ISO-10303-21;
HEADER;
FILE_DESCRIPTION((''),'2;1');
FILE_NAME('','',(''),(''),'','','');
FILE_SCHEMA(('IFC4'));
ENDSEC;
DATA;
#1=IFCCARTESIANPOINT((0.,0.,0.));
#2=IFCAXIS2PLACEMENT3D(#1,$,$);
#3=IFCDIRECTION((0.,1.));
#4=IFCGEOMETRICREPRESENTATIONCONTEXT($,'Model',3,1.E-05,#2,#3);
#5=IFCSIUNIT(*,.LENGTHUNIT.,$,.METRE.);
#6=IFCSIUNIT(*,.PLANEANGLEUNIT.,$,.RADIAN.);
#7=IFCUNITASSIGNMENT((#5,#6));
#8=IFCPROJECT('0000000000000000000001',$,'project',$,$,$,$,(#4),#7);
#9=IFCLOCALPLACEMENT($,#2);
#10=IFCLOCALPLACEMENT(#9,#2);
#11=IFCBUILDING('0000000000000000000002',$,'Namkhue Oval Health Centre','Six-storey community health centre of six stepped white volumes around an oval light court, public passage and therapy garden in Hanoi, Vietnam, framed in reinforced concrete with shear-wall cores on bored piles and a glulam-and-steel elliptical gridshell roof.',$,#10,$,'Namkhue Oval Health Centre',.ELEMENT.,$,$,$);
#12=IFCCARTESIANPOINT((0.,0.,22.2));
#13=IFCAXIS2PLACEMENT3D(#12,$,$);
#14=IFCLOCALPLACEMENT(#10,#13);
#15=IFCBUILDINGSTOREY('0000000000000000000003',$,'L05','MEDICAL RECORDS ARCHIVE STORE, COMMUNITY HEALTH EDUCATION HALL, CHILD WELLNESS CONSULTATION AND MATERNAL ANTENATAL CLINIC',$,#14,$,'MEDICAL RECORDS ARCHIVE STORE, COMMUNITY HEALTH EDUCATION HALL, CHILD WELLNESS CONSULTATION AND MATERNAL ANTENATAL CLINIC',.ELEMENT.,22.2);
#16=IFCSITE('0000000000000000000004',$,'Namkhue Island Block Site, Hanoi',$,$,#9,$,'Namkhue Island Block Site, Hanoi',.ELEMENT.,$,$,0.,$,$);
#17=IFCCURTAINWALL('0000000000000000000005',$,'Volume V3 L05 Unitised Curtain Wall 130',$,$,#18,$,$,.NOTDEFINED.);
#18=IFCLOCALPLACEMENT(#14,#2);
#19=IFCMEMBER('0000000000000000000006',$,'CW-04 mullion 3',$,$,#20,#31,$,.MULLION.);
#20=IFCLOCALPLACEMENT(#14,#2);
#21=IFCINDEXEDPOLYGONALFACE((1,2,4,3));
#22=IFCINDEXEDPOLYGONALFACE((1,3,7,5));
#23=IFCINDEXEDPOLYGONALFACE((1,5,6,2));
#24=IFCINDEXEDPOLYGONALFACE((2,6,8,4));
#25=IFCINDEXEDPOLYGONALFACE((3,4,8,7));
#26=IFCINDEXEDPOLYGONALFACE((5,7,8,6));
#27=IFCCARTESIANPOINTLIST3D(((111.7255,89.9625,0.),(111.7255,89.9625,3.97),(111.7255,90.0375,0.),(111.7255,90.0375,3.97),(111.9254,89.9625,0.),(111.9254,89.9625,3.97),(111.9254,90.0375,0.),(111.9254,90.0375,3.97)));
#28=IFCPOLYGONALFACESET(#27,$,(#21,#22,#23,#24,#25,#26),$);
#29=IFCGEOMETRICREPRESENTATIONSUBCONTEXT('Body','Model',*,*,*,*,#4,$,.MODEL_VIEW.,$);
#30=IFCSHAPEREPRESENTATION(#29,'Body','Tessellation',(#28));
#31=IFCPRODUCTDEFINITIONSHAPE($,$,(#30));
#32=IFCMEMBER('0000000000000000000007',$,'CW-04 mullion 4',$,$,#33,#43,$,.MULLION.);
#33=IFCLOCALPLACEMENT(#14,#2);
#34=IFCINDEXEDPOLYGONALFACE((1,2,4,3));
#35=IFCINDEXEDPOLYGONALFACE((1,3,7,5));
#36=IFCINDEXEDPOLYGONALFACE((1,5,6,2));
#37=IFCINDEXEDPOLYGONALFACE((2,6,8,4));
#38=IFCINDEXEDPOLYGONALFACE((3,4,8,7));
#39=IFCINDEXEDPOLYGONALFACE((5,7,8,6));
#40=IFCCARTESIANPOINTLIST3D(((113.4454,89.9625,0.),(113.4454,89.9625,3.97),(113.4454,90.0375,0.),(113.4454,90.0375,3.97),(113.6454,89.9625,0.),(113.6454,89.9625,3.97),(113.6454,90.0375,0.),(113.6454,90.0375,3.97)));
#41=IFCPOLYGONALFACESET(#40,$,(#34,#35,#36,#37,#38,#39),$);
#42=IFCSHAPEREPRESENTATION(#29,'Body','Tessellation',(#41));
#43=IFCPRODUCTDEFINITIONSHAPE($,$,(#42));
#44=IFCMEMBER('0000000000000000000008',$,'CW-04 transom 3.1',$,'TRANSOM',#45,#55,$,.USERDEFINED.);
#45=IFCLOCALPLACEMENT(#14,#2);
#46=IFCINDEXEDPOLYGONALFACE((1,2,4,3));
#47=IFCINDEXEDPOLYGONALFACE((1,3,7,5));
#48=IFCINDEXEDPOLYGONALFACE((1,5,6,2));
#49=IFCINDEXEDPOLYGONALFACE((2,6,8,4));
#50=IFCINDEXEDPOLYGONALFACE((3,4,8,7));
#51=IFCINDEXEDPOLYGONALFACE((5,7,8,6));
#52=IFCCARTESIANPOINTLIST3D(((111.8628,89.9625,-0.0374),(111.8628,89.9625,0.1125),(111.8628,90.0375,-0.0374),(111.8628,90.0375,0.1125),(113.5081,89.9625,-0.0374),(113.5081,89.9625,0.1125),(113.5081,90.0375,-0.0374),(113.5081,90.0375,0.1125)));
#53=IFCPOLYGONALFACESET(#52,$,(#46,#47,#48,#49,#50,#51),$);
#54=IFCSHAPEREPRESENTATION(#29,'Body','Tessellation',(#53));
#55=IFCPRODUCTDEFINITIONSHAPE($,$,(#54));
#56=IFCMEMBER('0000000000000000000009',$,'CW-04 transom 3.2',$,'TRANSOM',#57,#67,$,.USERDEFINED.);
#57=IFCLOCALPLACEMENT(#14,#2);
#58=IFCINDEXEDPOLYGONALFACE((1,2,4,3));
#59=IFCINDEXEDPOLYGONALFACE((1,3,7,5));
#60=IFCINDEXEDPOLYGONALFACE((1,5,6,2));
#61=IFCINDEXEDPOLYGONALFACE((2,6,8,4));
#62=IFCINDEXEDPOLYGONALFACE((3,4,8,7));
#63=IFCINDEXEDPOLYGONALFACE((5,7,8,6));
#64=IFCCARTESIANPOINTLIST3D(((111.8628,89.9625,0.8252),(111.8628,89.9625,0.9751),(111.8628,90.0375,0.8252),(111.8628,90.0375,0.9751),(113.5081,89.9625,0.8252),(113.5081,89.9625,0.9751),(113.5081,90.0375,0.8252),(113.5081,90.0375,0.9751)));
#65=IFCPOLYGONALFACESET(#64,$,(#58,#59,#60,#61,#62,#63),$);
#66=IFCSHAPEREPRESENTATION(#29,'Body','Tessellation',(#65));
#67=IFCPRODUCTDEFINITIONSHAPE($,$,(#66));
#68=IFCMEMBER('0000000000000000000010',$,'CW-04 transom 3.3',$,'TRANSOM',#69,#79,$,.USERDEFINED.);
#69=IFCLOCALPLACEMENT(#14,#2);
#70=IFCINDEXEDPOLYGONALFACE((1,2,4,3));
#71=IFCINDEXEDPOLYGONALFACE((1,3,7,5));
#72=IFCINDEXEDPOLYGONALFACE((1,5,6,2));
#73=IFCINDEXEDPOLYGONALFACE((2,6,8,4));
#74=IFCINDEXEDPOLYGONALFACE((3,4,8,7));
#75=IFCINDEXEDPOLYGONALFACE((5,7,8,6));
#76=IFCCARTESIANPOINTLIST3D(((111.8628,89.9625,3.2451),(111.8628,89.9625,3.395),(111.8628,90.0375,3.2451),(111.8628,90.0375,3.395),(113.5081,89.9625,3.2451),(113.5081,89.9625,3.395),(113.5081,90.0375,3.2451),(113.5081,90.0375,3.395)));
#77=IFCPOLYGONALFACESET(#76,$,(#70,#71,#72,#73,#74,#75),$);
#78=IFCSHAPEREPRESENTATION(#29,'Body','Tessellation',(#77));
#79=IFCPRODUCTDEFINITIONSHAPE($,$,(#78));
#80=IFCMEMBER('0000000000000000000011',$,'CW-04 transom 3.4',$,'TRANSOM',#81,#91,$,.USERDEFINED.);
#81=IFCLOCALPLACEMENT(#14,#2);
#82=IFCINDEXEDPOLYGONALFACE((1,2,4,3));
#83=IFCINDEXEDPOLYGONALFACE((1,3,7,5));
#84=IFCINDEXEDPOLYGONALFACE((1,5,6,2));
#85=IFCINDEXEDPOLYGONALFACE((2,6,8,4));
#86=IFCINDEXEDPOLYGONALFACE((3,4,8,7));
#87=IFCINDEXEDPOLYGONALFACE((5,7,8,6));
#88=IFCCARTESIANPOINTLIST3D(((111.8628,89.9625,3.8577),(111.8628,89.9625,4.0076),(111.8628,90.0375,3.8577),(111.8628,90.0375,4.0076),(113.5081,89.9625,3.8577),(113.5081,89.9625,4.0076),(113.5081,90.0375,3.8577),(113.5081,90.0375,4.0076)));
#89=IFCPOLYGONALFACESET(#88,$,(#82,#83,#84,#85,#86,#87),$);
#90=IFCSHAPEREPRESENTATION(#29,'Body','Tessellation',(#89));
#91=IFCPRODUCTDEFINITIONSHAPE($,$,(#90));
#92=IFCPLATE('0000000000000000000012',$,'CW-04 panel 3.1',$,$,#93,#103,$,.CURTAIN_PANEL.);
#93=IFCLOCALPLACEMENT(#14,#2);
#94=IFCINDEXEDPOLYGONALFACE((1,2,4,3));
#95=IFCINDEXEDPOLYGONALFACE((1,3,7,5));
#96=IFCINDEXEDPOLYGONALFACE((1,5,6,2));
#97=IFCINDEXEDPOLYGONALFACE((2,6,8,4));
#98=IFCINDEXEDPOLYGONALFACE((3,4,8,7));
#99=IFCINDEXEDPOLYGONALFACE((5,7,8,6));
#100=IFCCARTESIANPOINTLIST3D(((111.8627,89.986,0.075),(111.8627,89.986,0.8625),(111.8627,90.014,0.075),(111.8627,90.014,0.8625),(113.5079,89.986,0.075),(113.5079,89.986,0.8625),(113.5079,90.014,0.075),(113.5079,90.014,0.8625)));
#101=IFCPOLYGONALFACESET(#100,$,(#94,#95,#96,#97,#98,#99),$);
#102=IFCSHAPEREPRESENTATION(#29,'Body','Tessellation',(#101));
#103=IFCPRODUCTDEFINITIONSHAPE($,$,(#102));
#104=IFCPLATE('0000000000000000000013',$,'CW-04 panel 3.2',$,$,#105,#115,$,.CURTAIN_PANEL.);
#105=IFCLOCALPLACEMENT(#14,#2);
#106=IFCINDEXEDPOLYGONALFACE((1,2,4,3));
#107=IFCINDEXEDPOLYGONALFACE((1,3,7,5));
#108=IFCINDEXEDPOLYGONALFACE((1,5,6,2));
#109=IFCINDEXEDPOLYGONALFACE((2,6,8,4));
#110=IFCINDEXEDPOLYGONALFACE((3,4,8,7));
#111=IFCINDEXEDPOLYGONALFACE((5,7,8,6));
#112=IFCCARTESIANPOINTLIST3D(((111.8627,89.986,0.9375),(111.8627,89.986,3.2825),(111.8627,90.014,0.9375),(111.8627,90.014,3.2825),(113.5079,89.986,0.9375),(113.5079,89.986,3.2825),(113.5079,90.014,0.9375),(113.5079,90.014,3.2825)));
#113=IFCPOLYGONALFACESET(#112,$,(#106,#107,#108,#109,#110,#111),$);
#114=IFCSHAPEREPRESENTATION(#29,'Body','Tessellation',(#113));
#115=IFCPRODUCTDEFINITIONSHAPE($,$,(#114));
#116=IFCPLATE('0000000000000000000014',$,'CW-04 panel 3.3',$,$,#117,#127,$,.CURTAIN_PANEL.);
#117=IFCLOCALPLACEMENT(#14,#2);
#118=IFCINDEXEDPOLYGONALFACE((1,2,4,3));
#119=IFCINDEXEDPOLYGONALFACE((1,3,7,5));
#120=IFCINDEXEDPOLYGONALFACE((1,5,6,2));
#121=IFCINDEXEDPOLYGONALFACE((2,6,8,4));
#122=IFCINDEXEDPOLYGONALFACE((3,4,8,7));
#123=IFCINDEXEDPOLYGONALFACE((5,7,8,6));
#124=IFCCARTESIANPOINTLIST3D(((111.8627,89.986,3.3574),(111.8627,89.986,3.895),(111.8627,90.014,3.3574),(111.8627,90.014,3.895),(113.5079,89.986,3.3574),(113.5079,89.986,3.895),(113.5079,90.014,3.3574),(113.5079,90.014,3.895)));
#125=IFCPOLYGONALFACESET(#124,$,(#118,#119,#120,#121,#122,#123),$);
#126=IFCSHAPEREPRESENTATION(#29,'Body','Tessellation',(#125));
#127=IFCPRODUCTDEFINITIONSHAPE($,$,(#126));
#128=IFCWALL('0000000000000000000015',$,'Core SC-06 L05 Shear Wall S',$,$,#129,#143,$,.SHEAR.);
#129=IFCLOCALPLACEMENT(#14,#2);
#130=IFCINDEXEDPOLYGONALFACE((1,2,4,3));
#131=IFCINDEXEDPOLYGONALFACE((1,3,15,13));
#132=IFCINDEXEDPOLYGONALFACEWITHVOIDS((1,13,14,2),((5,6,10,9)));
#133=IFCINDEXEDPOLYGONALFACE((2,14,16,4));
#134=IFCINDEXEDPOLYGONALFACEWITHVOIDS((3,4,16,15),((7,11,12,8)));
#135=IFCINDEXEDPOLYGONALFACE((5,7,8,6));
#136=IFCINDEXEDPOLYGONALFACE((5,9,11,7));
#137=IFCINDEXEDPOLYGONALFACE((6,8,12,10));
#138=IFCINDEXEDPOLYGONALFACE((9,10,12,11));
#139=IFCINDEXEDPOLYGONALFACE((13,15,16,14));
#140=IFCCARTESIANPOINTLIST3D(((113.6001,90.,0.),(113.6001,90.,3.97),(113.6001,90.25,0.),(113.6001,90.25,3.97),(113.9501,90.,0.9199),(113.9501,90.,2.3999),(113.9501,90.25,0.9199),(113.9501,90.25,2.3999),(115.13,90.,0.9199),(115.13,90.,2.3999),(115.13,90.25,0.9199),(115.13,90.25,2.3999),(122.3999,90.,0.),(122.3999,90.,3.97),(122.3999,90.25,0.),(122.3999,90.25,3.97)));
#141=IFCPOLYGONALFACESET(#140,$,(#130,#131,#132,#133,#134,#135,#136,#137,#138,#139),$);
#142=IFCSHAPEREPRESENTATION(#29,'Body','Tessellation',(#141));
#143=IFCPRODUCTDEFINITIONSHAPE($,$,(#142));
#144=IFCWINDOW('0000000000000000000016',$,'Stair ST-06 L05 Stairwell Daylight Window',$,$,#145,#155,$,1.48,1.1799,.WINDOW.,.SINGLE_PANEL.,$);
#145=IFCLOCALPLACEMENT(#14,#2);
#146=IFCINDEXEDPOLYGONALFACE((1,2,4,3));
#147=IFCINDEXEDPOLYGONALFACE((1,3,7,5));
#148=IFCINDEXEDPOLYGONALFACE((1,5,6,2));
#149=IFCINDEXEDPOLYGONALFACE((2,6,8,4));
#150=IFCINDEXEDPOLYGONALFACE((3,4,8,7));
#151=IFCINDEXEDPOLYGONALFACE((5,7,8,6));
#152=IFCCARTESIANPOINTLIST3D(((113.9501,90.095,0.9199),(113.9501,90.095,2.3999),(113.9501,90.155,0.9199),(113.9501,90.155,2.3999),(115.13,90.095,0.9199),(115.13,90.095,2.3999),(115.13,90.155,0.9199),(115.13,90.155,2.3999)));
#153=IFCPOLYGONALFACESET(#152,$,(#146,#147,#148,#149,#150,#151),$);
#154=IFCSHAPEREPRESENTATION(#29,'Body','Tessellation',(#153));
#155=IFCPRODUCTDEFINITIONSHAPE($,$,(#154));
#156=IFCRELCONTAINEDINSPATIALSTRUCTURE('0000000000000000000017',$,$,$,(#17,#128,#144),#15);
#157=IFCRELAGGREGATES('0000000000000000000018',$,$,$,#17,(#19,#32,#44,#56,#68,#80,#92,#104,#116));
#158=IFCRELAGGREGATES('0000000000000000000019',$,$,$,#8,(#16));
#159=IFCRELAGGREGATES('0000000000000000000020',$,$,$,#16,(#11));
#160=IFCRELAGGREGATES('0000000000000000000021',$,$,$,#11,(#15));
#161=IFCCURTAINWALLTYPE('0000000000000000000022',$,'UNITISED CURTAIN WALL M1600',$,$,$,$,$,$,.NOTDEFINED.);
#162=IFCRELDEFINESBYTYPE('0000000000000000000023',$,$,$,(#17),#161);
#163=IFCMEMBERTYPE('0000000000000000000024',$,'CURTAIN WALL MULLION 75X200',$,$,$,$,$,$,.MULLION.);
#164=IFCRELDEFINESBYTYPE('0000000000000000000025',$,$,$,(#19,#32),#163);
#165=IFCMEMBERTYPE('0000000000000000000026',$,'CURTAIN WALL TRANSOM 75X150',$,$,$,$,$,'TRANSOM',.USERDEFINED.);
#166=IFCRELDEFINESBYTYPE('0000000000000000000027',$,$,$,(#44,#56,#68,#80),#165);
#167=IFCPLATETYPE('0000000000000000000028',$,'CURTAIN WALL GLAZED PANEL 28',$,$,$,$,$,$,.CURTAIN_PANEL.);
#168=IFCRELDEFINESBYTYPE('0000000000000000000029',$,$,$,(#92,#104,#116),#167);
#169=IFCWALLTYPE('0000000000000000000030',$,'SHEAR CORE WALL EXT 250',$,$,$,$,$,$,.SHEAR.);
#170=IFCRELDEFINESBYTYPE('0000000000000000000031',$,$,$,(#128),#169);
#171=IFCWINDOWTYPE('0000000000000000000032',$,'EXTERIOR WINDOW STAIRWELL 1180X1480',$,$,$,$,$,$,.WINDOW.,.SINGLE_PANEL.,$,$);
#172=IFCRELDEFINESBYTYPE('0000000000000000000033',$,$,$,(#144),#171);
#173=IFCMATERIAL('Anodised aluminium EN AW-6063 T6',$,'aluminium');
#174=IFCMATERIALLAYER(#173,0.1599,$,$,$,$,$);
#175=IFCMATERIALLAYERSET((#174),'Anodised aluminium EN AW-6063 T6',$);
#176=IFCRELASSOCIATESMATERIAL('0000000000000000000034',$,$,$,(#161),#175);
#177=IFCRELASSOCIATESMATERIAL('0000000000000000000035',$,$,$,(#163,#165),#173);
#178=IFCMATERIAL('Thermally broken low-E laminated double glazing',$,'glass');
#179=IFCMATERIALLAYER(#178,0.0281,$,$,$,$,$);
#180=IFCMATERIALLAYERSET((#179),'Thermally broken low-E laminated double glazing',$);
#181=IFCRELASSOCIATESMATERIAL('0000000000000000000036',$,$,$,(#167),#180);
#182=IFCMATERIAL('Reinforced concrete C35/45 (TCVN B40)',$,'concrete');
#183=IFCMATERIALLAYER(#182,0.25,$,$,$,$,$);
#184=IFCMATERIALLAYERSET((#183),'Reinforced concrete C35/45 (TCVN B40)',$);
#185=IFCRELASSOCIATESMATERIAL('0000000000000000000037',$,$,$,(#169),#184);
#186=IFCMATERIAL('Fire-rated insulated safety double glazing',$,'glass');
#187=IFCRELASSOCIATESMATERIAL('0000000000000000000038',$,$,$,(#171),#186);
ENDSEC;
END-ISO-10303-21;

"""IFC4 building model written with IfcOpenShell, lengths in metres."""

from ifc_helpers import new_model, si_unit, direction, frame, frame_2d, origin, origin_2d, place, context, subcontext, project, spatial, rectangle, extrude, material, layer, layer_set, material_profile, profile_set, type_object, element, fill, aggregate, save


model = new_model("IFC4")

# Units and contexts
model_context = context("Model", 3, precision=1e-05, world=origin(), true_north=direction((0.0, 1.0)))
body_context = subcontext(model_context, "Body", "Model", "MODEL_VIEW")
ifc_project = project(units=[si_unit("LENGTHUNIT", "METRE"), si_unit("PLANEANGLEUNIT", "RADIAN")], contexts=[model_context])

# Site, building, storey
site_placement = place(None, origin())
site = spatial("IfcSite", under=ifc_project, at=site_placement, Name="Namkhue Island Block Site, Hanoi", LongName="Namkhue Island Block Site, Hanoi", CompositionType="ELEMENT", RefElevation=0.0)
building_placement = place(site_placement, origin())
building = spatial("IfcBuilding", under=site, at=building_placement, Name="Namkhue Oval Health Centre", Description="Six-storey community health centre of six stepped white volumes around an oval light court, public passage and therapy garden in Hanoi, Vietnam, framed in reinforced concrete with shear-wall cores on bored piles and a glulam-and-steel elliptical gridshell roof.", LongName="Namkhue Oval Health Centre", CompositionType="ELEMENT")
storey_placement = place(building_placement, frame((0.0, 0.0, 22.2)))
storey = spatial("IfcBuildingStorey", under=building, at=storey_placement, Name="L05", Description="MEDICAL RECORDS ARCHIVE STORE, COMMUNITY HEALTH EDUCATION HALL, CHILD WELLNESS CONSULTATION AND MATERNAL ANTENATAL CLINIC", LongName="MEDICAL RECORDS ARCHIVE STORE, COMMUNITY HEALTH EDUCATION HALL, CHILD WELLNESS CONSULTATION AND MATERNAL ANTENATAL CLINIC", CompositionType="ELEMENT", Elevation=22.2)

# Curtain wall, members, plates
ifc_material_1 = material(Name="Anodised aluminium EN AW-6063 T6", Category="aluminium")
ifc_layer_1 = layer(ifc_material_1, 0.1599)
ifc_layer_set_1 = layer_set([ifc_layer_1], Name="Anodised aluminium EN AW-6063 T6")
curtain_wall_type = type_object("IfcCurtainWallType", Name="UNITISED CURTAIN WALL M1600", PredefinedType="NOTDEFINED", material=ifc_layer_set_1)
curtain_wall_placement = place(storey_placement, origin())
curtain_wall = element("IfcCurtainWall", 1, at=curtain_wall_placement, inside=storey, type_object=curtain_wall_type, Name="Volume V3 L05 Unitised Curtain Wall 130", PredefinedType="NOTDEFINED")
ifc_material_profile_1 = material_profile(ifc_material_1, rectangle(XDim=0.075, YDim=0.2, at=origin_2d()), Name="ALU 75x200")
ifc_profile_set_1 = profile_set([ifc_material_profile_1], Name="Anodised aluminium EN AW-6063 T6")
member_type_1 = type_object("IfcMemberType", Name="CURTAIN WALL MULLION 75X200", PredefinedType="MULLION", material=ifc_profile_set_1)
member_1_placement = place(storey_placement, frame((111.8254, 90.0, 0.0), z_axis=(0.0, 0.0, 1.0), x_axis=(0.0, 1.0, 0.0)))
member_1 = element("IfcMember", 2, at=member_1_placement, type_object=member_type_1, Name="CW-04 mullion 3", PredefinedType="MULLION", context=body_context, shape_type="SweptSolid", body=[
    extrude(rectangle(XDim=0.075, YDim=0.2, at=origin_2d()), origin(), (0.0, 0.0, 1.0), 3.97),
])
member_2_placement = place(storey_placement, frame((113.5454, 90.0, 0.0), z_axis=(0.0, 0.0, 1.0), x_axis=(0.0, 1.0, 0.0)))
member_2 = element("IfcMember", 3, at=member_2_placement, type_object=member_type_1, Name="CW-04 mullion 4", PredefinedType="MULLION", context=body_context, shape_type="SweptSolid", body=[
    extrude(rectangle(XDim=0.075, YDim=0.2, at=origin_2d()), origin(), (0.0, 0.0, 1.0), 3.97),
])
ifc_material_profile_2 = material_profile(ifc_material_1, rectangle(XDim=0.075, YDim=0.1499, at=origin_2d()), Name="ALU 75x150")
ifc_profile_set_2 = profile_set([ifc_material_profile_2], Name="Anodised aluminium EN AW-6063 T6")
member_type_2 = type_object("IfcMemberType", Name="CURTAIN WALL TRANSOM 75X150", ElementType="TRANSOM", PredefinedType="USERDEFINED", material=ifc_profile_set_2)
member_3_placement = place(storey_placement, frame((111.8628, 90.0, 0.0376), z_axis=(1.0, 0.0, 0.0), x_axis=(0.0, 1.0, 0.0)))
member_3 = element("IfcMember", 4, at=member_3_placement, type_object=member_type_2, Name="CW-04 transom 3.1", ObjectType="TRANSOM", PredefinedType="USERDEFINED", context=body_context, shape_type="SweptSolid", body=[
    extrude(rectangle(XDim=0.075, YDim=0.1499, at=origin_2d()), origin(), (0.0, 0.0, 1.0), 1.6453),
])
member_4_placement = place(storey_placement, frame((111.8628, 90.0, 0.9001), z_axis=(1.0, 0.0, 0.0), x_axis=(0.0, 1.0, 0.0)))
member_4 = element("IfcMember", 5, at=member_4_placement, type_object=member_type_2, Name="CW-04 transom 3.2", ObjectType="TRANSOM", PredefinedType="USERDEFINED", context=body_context, shape_type="SweptSolid", body=[
    extrude(rectangle(XDim=0.075, YDim=0.1499, at=origin_2d()), origin(), (0.0, 0.0, 1.0), 1.6453),
])
member_5_placement = place(storey_placement, frame((111.8628, 90.0, 3.3201), z_axis=(1.0, 0.0, 0.0), x_axis=(0.0, 1.0, 0.0)))
member_5 = element("IfcMember", 6, at=member_5_placement, type_object=member_type_2, Name="CW-04 transom 3.3", ObjectType="TRANSOM", PredefinedType="USERDEFINED", context=body_context, shape_type="SweptSolid", body=[
    extrude(rectangle(XDim=0.075, YDim=0.1499, at=origin_2d()), origin(), (0.0, 0.0, 1.0), 1.6453),
])
member_6_placement = place(storey_placement, frame((111.8628, 90.0, 3.9326), z_axis=(1.0, 0.0, 0.0), x_axis=(0.0, 1.0, 0.0)))
member_6 = element("IfcMember", 7, at=member_6_placement, type_object=member_type_2, Name="CW-04 transom 3.4", ObjectType="TRANSOM", PredefinedType="USERDEFINED", context=body_context, shape_type="SweptSolid", body=[
    extrude(rectangle(XDim=0.075, YDim=0.1499, at=origin_2d()), origin(), (0.0, 0.0, 1.0), 1.6453),
])
ifc_material_2 = material(Name="Thermally broken low-E laminated double glazing", Category="glass")
ifc_layer_2 = layer(ifc_material_2, 0.0281)
ifc_layer_set_2 = layer_set([ifc_layer_2], Name="Thermally broken low-E laminated double glazing")
plate_type = type_object("IfcPlateType", Name="CURTAIN WALL GLAZED PANEL 28", PredefinedType="CURTAIN_PANEL", material=ifc_layer_set_2)
plate_1_placement = place(storey_placement, frame((112.6853, 90.0, 0.075), z_axis=(0.0, 0.0, 1.0), x_axis=(1.0, 0.0, 0.0)))
plate_1 = element("IfcPlate", 8, at=plate_1_placement, type_object=plate_type, Name="CW-04 panel 3.1", PredefinedType="CURTAIN_PANEL", context=body_context, shape_type="SweptSolid", body=[
    extrude(rectangle(XDim=1.6453, YDim=0.0281, at=origin_2d()), origin(), (0.0, 0.0, 1.0), 0.7876),
])
plate_2_placement = place(storey_placement, frame((112.6853, 90.0, 0.9375), z_axis=(0.0, 0.0, 1.0), x_axis=(1.0, 0.0, 0.0)))
plate_2 = element("IfcPlate", 9, at=plate_2_placement, type_object=plate_type, Name="CW-04 panel 3.2", PredefinedType="CURTAIN_PANEL", context=body_context, shape_type="SweptSolid", body=[
    extrude(rectangle(XDim=1.6453, YDim=0.0281, at=origin_2d()), origin(), (0.0, 0.0, 1.0), 2.345),
])
plate_3_placement = place(storey_placement, frame((112.6853, 90.0, 3.3574), z_axis=(0.0, 0.0, 1.0), x_axis=(1.0, 0.0, 0.0)))
plate_3 = element("IfcPlate", 10, at=plate_3_placement, type_object=plate_type, Name="CW-04 panel 3.3", PredefinedType="CURTAIN_PANEL", context=body_context, shape_type="SweptSolid", body=[
    extrude(rectangle(XDim=1.6453, YDim=0.0281, at=origin_2d()), origin(), (0.0, 0.0, 1.0), 0.5376),
])
aggregate(curtain_wall, [member_1, member_2, member_3, member_4, member_5, member_6, plate_1, plate_2, plate_3])

# Wall, opening, window
ifc_material_3 = material(Name="Reinforced concrete C35/45 (TCVN B40)", Category="concrete")
ifc_layer_3 = layer(ifc_material_3, 0.25)
ifc_layer_set_3 = layer_set([ifc_layer_3], Name="Reinforced concrete C35/45 (TCVN B40)")
wall_type = type_object("IfcWallType", Name="SHEAR CORE WALL EXT 250", PredefinedType="SHEAR", material=ifc_layer_set_3)
wall_placement = place(storey_placement, frame((113.6001, 90.125, 0.0), z_axis=(0.0, 0.0, 1.0), x_axis=(1.0, 0.0, 0.0)))
wall = element("IfcWall", 11, at=wall_placement, inside=storey, type_object=wall_type, Name="Core SC-06 L05 Shear Wall S", PredefinedType="SHEAR", context=body_context, shape_type="SweptSolid", body=[
    extrude(rectangle(XDim=8.7998, YDim=0.25, at=frame_2d((4.3999, 0.0))), origin(), (0.0, 0.0, 1.0), 3.97),
])
opening_placement = place(wall_placement, frame((0.3501, 0.0, 0.9199)))
opening = element("IfcOpeningElement", 12, at=opening_placement, cuts=wall, PredefinedType="OPENING", context=body_context, shape_type="SweptSolid", body=[
    extrude(rectangle(XDim=1.1799, YDim=1.48, at=frame_2d((0.5898, 0.74))), frame((0.0, 0.135, 0.0), z_axis=(0.0, -1.0, 0.0), x_axis=(1.0, 0.0, 0.0)), (0.0, 0.0, 1.0), 0.27),
])
ifc_material_4 = material(Name="Fire-rated insulated safety double glazing", Category="glass")
window_type = type_object("IfcWindowType", Name="EXTERIOR WINDOW STAIRWELL 1180X1480", PartitioningType="SINGLE_PANEL", PredefinedType="WINDOW", material=ifc_material_4)
window_placement = place(opening_placement, origin())
window = element("IfcWindow", 13, at=window_placement, inside=storey, type_object=window_type, Name="Stair ST-06 L05 Stairwell Daylight Window", OverallHeight=1.48, OverallWidth=1.1799, PartitioningType="SINGLE_PANEL", PredefinedType="WINDOW", context=body_context, shape_type="SweptSolid", body=[
    extrude(rectangle(XDim=1.1799, YDim=1.48, at=frame_2d((0.5898, 0.74))), frame((0.0, 0.03, 0.0), z_axis=(0.0, -1.0, 0.0), x_axis=(1.0, 0.0, 0.0)), (0.0, 0.0, 1.0), 0.0601),
])
fill(opening, window)

save(model, "model.ifc")
